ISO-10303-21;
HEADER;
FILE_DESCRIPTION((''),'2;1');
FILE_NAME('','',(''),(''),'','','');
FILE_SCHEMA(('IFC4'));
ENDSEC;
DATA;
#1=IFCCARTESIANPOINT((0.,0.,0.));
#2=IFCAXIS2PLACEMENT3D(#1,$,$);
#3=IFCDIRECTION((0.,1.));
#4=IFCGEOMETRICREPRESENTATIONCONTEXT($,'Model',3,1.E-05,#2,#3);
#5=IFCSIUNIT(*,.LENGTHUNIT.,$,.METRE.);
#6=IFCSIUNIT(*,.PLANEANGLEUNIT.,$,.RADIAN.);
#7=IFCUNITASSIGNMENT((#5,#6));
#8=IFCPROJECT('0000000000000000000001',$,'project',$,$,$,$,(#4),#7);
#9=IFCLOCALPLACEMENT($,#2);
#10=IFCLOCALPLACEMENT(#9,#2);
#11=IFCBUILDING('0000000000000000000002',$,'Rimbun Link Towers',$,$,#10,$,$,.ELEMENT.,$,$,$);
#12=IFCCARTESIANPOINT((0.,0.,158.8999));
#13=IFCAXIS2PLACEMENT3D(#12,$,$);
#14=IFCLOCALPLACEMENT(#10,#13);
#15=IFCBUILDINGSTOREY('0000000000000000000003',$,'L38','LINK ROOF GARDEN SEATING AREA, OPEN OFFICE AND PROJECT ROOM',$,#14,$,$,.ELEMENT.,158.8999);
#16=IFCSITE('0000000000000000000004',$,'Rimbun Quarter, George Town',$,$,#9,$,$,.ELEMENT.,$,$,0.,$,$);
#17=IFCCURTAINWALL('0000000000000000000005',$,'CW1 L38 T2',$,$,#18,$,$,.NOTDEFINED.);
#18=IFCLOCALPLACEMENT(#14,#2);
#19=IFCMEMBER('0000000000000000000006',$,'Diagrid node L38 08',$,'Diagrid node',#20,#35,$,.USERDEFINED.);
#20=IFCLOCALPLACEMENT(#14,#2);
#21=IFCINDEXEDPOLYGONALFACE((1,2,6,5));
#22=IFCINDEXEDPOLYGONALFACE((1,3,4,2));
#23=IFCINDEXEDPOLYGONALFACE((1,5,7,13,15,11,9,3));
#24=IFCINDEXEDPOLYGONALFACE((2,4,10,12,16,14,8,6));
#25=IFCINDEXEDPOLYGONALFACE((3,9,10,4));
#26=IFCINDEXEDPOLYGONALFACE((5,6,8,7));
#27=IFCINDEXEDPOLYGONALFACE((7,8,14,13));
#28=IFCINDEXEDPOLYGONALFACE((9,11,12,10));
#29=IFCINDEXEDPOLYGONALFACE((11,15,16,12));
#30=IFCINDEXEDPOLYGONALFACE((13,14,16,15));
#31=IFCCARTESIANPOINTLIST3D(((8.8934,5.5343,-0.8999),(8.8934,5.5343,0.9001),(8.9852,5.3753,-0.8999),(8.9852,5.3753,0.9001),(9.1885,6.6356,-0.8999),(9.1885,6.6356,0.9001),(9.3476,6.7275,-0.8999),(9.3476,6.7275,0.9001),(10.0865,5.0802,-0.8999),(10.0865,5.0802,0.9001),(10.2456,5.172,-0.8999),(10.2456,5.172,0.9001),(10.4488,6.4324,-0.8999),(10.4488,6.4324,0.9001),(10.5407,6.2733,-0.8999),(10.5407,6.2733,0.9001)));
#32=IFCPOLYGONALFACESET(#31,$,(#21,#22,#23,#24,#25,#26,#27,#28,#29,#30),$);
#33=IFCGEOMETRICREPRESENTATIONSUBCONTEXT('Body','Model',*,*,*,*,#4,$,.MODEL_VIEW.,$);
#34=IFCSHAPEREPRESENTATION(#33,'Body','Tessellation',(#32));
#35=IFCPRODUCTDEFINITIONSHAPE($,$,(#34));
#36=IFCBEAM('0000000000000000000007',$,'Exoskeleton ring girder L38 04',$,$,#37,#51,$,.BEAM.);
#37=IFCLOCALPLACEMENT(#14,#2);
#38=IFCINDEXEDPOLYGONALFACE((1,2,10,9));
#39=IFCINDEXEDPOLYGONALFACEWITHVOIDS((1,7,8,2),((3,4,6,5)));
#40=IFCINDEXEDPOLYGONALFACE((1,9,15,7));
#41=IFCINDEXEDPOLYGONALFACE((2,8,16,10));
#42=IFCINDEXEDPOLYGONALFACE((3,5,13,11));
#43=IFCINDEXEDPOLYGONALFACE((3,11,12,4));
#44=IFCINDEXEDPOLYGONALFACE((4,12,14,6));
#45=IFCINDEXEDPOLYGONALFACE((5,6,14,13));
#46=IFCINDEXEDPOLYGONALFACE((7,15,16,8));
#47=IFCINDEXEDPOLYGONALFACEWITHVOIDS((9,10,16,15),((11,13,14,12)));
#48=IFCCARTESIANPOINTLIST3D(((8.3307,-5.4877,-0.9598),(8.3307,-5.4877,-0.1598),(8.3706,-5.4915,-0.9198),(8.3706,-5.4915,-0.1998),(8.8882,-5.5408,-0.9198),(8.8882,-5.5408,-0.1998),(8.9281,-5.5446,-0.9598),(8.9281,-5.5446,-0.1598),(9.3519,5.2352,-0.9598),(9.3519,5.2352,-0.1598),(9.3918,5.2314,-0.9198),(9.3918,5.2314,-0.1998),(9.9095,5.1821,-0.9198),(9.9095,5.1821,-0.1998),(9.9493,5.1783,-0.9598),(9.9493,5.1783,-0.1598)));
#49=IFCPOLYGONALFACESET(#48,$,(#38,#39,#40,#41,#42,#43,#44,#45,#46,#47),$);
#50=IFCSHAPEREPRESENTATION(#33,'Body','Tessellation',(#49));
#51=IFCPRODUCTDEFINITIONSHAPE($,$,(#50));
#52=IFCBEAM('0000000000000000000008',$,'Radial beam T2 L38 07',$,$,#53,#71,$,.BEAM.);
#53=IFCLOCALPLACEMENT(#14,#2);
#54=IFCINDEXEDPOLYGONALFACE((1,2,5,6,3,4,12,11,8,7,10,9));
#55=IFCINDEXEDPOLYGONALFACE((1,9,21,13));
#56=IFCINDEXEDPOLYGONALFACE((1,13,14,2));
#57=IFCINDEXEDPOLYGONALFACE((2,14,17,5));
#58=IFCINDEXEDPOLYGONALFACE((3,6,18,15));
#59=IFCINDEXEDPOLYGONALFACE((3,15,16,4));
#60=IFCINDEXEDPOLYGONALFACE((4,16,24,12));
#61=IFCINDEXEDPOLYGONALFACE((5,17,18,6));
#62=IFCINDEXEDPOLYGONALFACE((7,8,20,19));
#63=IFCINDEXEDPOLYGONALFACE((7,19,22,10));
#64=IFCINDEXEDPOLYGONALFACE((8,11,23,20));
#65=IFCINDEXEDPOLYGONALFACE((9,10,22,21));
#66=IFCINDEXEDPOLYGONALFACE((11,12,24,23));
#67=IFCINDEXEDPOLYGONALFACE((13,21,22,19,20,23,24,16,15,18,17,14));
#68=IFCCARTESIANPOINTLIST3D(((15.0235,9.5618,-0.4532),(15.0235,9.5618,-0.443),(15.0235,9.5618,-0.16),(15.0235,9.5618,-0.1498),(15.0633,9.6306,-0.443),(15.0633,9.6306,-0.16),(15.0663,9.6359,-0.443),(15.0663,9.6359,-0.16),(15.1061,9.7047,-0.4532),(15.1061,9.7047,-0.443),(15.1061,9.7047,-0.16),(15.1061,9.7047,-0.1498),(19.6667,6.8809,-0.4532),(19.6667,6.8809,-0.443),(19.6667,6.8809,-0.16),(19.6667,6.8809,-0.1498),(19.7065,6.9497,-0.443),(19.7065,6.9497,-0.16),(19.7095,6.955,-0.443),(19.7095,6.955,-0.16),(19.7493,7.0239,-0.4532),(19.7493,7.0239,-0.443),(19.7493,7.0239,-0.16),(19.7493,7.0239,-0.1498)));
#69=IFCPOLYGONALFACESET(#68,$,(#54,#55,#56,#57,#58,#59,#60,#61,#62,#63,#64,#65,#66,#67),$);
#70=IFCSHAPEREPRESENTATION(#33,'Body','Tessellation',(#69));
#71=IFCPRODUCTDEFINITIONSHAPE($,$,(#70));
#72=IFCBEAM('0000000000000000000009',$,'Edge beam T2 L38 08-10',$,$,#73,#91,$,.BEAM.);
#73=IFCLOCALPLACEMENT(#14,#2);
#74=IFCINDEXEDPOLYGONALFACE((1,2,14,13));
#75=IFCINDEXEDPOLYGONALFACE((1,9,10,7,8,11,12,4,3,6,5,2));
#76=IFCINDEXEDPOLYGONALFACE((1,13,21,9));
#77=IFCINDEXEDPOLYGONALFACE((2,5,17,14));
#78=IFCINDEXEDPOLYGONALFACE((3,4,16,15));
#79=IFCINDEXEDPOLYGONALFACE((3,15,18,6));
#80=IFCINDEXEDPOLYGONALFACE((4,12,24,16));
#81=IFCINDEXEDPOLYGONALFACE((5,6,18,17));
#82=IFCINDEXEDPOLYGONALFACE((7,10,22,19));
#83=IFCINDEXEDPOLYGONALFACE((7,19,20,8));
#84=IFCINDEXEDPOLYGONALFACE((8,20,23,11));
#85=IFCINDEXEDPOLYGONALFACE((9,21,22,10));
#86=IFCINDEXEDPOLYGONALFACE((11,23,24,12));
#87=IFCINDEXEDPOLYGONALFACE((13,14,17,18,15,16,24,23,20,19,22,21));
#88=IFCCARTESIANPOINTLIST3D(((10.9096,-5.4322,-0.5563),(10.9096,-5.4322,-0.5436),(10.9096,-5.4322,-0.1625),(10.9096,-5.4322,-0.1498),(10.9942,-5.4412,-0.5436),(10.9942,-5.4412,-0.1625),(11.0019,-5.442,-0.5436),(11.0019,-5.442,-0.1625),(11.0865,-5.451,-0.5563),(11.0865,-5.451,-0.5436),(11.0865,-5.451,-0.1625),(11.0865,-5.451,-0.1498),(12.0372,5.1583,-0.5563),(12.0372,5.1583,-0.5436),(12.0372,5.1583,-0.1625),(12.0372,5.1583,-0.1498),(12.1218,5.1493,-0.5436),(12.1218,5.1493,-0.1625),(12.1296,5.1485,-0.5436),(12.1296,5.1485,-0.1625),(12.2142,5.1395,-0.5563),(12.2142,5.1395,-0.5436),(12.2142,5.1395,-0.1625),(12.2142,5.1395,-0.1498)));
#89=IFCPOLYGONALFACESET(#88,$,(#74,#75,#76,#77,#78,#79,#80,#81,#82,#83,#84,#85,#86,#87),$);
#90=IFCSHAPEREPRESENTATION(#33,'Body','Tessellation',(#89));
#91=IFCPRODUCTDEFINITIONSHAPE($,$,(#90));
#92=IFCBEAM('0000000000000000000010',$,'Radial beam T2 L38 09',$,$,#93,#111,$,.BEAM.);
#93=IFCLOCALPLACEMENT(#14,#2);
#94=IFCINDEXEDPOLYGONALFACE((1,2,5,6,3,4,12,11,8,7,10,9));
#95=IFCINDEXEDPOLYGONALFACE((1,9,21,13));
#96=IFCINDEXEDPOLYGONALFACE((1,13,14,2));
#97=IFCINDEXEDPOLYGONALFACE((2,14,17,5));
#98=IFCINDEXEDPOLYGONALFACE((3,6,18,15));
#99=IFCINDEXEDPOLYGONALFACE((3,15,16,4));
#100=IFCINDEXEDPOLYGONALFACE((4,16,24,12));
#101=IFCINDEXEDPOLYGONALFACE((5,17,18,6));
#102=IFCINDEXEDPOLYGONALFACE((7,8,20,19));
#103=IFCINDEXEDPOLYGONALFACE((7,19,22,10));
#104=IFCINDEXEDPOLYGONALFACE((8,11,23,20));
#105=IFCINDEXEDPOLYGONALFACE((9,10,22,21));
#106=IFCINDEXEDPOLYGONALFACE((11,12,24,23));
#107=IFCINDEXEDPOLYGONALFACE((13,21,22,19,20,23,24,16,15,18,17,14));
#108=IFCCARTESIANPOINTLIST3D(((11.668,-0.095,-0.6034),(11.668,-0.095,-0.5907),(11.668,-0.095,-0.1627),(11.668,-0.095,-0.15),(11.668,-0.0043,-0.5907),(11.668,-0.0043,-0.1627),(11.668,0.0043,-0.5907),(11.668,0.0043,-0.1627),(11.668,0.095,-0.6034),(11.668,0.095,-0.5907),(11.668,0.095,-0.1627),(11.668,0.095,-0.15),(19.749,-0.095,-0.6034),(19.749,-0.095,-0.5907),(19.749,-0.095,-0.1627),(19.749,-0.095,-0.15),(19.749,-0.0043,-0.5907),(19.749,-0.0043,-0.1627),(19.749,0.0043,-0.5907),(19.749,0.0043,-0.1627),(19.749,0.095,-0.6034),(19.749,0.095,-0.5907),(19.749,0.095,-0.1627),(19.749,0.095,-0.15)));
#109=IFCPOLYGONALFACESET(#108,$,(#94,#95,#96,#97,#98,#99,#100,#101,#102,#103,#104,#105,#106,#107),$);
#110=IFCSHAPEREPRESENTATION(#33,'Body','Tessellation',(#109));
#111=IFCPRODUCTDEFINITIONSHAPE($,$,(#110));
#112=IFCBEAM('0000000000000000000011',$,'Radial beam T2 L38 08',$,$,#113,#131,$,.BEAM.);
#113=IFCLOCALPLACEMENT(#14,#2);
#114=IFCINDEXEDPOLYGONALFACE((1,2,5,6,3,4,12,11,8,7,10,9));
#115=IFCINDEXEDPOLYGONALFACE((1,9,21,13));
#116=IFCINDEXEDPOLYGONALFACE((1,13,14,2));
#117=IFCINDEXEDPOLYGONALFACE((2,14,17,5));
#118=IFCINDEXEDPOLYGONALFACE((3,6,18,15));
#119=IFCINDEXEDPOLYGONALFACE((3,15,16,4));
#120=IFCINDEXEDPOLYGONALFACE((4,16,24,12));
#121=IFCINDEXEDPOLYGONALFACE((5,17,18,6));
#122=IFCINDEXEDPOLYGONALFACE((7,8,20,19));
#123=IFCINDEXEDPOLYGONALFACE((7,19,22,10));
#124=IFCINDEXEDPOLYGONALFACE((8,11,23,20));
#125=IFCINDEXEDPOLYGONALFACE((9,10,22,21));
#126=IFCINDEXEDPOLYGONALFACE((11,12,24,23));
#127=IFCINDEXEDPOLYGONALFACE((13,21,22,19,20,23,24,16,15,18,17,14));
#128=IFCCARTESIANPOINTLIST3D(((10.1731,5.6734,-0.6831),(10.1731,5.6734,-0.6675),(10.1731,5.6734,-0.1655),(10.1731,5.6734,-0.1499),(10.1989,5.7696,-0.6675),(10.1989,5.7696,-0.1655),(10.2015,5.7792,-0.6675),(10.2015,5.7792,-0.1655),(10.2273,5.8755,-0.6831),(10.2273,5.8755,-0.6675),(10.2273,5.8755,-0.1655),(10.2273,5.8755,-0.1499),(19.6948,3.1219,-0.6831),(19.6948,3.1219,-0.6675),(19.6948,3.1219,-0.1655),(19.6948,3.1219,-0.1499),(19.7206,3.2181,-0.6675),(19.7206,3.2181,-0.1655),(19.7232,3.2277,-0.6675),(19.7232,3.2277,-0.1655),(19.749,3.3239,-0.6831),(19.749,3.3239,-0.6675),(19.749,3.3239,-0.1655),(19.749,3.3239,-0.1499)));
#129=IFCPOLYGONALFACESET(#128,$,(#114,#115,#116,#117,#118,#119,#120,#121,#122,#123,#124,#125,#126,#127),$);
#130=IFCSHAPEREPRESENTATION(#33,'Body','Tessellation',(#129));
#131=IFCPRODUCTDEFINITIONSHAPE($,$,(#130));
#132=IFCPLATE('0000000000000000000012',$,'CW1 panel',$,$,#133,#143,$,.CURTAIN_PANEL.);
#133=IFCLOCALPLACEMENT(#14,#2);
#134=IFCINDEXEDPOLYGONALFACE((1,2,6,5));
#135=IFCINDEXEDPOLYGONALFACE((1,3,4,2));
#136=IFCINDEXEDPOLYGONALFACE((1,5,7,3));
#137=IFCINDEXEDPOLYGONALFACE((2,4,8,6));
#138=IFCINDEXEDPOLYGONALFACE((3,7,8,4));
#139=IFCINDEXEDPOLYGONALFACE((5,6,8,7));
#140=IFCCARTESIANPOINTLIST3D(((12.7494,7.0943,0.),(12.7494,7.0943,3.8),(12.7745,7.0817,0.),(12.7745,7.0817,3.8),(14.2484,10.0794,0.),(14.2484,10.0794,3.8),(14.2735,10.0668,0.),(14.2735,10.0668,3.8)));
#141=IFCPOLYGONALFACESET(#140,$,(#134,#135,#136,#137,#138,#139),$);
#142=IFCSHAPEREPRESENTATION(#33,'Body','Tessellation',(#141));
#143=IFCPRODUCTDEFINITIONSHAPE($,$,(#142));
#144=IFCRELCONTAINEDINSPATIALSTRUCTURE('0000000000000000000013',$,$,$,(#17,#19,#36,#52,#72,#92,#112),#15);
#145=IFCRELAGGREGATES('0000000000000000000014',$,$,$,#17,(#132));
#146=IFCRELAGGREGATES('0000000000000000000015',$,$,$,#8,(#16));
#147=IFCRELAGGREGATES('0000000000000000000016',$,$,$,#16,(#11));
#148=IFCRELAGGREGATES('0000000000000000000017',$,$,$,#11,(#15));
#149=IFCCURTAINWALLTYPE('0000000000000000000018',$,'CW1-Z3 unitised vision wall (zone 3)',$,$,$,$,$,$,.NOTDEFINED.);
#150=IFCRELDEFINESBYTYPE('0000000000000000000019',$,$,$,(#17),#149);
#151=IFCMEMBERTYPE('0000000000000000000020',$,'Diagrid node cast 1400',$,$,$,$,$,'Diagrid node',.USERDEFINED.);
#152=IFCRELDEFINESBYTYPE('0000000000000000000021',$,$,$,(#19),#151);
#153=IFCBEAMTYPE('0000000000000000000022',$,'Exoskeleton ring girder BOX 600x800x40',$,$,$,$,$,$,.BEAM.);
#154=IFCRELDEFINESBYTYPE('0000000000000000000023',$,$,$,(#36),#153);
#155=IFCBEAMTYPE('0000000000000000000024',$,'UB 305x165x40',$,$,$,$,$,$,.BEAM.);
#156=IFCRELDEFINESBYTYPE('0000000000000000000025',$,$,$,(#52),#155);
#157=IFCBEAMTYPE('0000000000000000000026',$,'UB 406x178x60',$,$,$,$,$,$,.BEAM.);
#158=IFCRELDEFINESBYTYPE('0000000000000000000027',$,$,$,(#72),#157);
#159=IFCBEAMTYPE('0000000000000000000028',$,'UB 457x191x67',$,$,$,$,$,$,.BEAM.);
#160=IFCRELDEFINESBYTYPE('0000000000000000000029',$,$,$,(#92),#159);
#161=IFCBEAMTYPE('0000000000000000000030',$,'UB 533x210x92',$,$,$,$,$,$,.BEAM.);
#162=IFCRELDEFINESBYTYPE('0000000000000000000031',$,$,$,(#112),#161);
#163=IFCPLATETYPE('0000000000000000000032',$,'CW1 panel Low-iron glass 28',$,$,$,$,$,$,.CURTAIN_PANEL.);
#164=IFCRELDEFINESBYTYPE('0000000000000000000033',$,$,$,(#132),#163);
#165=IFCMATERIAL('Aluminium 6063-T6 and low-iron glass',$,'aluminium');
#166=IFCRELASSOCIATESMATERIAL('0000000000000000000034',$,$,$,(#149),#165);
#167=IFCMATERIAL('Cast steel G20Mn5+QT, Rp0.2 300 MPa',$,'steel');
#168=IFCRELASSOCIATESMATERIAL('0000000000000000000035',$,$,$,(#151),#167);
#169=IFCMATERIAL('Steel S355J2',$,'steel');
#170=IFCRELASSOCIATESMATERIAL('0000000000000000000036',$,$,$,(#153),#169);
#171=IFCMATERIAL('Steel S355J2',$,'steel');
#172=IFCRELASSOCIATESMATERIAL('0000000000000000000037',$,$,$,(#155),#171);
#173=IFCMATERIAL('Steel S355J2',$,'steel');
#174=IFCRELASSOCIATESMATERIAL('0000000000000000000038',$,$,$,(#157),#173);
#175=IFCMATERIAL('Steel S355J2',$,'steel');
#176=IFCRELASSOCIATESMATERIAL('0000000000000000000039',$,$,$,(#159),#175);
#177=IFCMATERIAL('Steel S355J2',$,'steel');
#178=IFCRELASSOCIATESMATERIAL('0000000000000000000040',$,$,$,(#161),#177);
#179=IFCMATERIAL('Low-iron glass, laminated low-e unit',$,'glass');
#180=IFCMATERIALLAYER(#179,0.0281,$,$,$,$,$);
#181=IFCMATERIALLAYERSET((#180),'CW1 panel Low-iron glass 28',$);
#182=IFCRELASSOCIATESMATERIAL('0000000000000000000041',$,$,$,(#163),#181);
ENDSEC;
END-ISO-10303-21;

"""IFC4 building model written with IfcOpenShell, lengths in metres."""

from ifc_helpers import new_model, si_unit, direction, frame, origin, origin_2d, place, context, subcontext, project, spatial, polyline, rectangle, hollow_rectangle, i_section, outline, extrude, material, layer, layer_set, material_profile, profile_set, type_object, element, aggregate, save


model = new_model("IFC4")

# Units and contexts
model_context = context("Model", 3, precision=1e-05, world=origin(), true_north=direction((0.0, 1.0)))
body_context = subcontext(model_context, "Body", "Model", "MODEL_VIEW")
ifc_project = project(units=[si_unit("LENGTHUNIT", "METRE"), si_unit("PLANEANGLEUNIT", "RADIAN")], contexts=[model_context])

# Site, building, storey
site_placement = place(None, origin())
site = spatial("IfcSite", under=ifc_project, at=site_placement, Name="Rimbun Quarter, George Town", CompositionType="ELEMENT", RefElevation=0.0)
building_placement = place(site_placement, origin())
building = spatial("IfcBuilding", under=site, at=building_placement, Name="Rimbun Link Towers", CompositionType="ELEMENT")
storey_placement = place(building_placement, frame((0.0, 0.0, 158.8999)))
storey = spatial("IfcBuildingStorey", under=building, at=storey_placement, Name="L38", Description="LINK ROOF GARDEN SEATING AREA, OPEN OFFICE AND PROJECT ROOM", CompositionType="ELEMENT", Elevation=158.8999)

# Curtain wall
ifc_material_1 = material(Name="Aluminium 6063-T6 and low-iron glass", Category="aluminium")
curtain_wall_type = type_object("IfcCurtainWallType", Name="CW1-Z3 unitised vision wall (zone 3)", PredefinedType="NOTDEFINED", material=ifc_material_1)
curtain_wall_placement = place(storey_placement, origin())
curtain_wall = element("IfcCurtainWall", 1, at=curtain_wall_placement, inside=storey, type_object=curtain_wall_type, Name="CW1 L38 T2", PredefinedType="NOTDEFINED")

# Member
ifc_material_2 = material(Name="Cast steel G20Mn5+QT, Rp0.2 300 MPa", Category="steel")
ifc_material_profile_1 = material_profile(ifc_material_2, outline(polyline([(0.7, -0.5701), (0.7, 0.5701), (0.5701, 0.7), (-0.5701, 0.7), (-0.7, 0.5701), (-0.7, -0.5701), (-0.5701, -0.7), (0.5701, -0.7), (0.7, -0.5701)])), Name="NODE 1400x1400")
ifc_profile_set_1 = profile_set([ifc_material_profile_1], Name="Cast steel G20Mn5+QT, Rp0.2 300 MPa")
member_type_1 = type_object("IfcMemberType", Name="Diagrid node cast 1400", ElementType="Diagrid node", PredefinedType="USERDEFINED", material=ifc_profile_set_1)
member_1_placement = place(storey_placement, frame((9.717, 5.9038, -0.8999), z_axis=(0.0, 0.0, 1.0), x_axis=(-0.965926, 0.258819, 0.0)))
element("IfcMember", 2, at=member_1_placement, inside=storey, type_object=member_type_1, Name="Diagrid node L38 08", ObjectType="Diagrid node", PredefinedType="USERDEFINED", context=body_context, shape_type="SweptSolid", body=[
    extrude(outline(polyline([(0.7, -0.5701), (0.7, 0.5701), (0.5701, 0.7), (-0.5701, 0.7), (-0.7, 0.5701), (-0.7, -0.5701), (-0.5701, -0.7), (0.5701, -0.7), (0.7, -0.5701)])), origin(), (0.0, 0.0, 1.0), 1.8),
])

# Beams
ifc_material_3 = material(Name="Steel S355J2", Category="steel")
ifc_material_profile_2 = material_profile(ifc_material_3, hollow_rectangle(XDim=0.6001, YDim=0.8, WallThickness=0.04, at=origin_2d()), Name="Exoskeleton ring girder BOX 600x800x40")
ifc_profile_set_2 = profile_set([ifc_material_profile_2], Name="Steel S355J2")
beam_type_1 = type_object("IfcBeamType", Name="Exoskeleton ring girder BOX 600x800x40", PredefinedType="BEAM", material=ifc_profile_set_2)
beam_1_placement = place(storey_placement, frame((9.6506, 5.2068, -0.5598), z_axis=(-0.09481, -0.995495, 0.0), x_axis=(0.995495, -0.09481, 0.0)))
element("IfcBeam", 3, at=beam_1_placement, inside=storey, type_object=beam_type_1, Name="Exoskeleton ring girder L38 04", PredefinedType="BEAM", context=body_context, shape_type="SweptSolid", body=[
    extrude(hollow_rectangle(XDim=0.6001, YDim=0.8, WallThickness=0.04, at=origin_2d()), origin(), (0.0, 0.0, 1.0), 10.7715),
])
ifc_material_4 = material(Name="Steel S355J2", Category="steel")
ifc_material_profile_3 = material_profile(ifc_material_4, i_section(OverallWidth=0.165, OverallDepth=0.3035, WebThickness=0.0061, FlangeThickness=0.0103, at=origin_2d()), Name="UB 305x165x40")
ifc_profile_set_3 = profile_set([ifc_material_profile_3], Name="Steel S355J2")
beam_type_2 = type_object("IfcBeamType", Name="UB 305x165x40", PredefinedType="BEAM", material=ifc_profile_set_3)
beam_2_placement = place(storey_placement, frame((19.708, 6.9524, -0.3015), z_axis=(-0.866018, 0.500013, 0.0), x_axis=(-0.500013, -0.866018, 0.0)))
element("IfcBeam", 4, at=beam_2_placement, inside=storey, type_object=beam_type_2, Name="Radial beam T2 L38 07", PredefinedType="BEAM", context=body_context, shape_type="SweptSolid", body=[
    extrude(i_section(OverallWidth=0.165, OverallDepth=0.3035, WebThickness=0.0061, FlangeThickness=0.0103, at=origin_2d()), origin(), (0.0, 0.0, 1.0), 5.3616),
])
ifc_material_5 = material(Name="Steel S355J2", Category="steel")
ifc_material_profile_4 = material_profile(ifc_material_5, i_section(OverallWidth=0.178, OverallDepth=0.4065, WebThickness=0.0078, FlangeThickness=0.0127, at=origin_2d()), Name="UB 406x178x60")
ifc_profile_set_4 = profile_set([ifc_material_profile_4], Name="Steel S355J2")
beam_type_3 = type_object("IfcBeamType", Name="UB 406x178x60", PredefinedType="BEAM", material=ifc_profile_set_4)
beam_3_placement = place(storey_placement, frame((12.1257, 5.1489, -0.353), z_axis=(-0.105882, -0.994379, 0.0), x_axis=(0.994379, -0.105882, 0.0)))
element("IfcBeam", 5, at=beam_3_placement, inside=storey, type_object=beam_type_3, Name="Edge beam T2 L38 08-10", PredefinedType="BEAM", context=body_context, shape_type="SweptSolid", body=[
    extrude(i_section(OverallWidth=0.178, OverallDepth=0.4065, WebThickness=0.0078, FlangeThickness=0.0127, at=origin_2d()), origin(), (0.0, 0.0, 1.0), 10.6504),
])
ifc_material_6 = material(Name="Steel S355J2", Category="steel")
ifc_material_profile_5 = material_profile(ifc_material_6, i_section(OverallWidth=0.1899, OverallDepth=0.4534, WebThickness=0.0085, FlangeThickness=0.0127, at=origin_2d()), Name="UB 457x191x67")
ifc_profile_set_5 = profile_set([ifc_material_profile_5], Name="Steel S355J2")
beam_type_4 = type_object("IfcBeamType", Name="UB 457x191x67", PredefinedType="BEAM", material=ifc_profile_set_5)
beam_4_placement = place(storey_placement, frame((19.749, 0.0, -0.3767), z_axis=(-1.0, 0.0, 0.0), x_axis=(0.0, -1.0, 0.0)))
element("IfcBeam", 6, at=beam_4_placement, inside=storey, type_object=beam_type_4, Name="Radial beam T2 L38 09", PredefinedType="BEAM", context=body_context, shape_type="SweptSolid", body=[
    extrude(i_section(OverallWidth=0.1899, OverallDepth=0.4534, WebThickness=0.0085, FlangeThickness=0.0127, at=origin_2d()), origin(), (0.0, 0.0, 1.0), 8.0811),
])
ifc_material_7 = material(Name="Steel S355J2", Category="steel")
ifc_material_profile_6 = material_profile(ifc_material_7, i_section(OverallWidth=0.2092, OverallDepth=0.5332, WebThickness=0.01, FlangeThickness=0.0156, at=origin_2d()), Name="UB 533x210x92")
ifc_profile_set_6 = profile_set([ifc_material_profile_6], Name="Steel S355J2")
beam_type_5 = type_object("IfcBeamType", Name="UB 533x210x92", PredefinedType="BEAM", material=ifc_profile_set_6)
beam_5_placement = place(storey_placement, frame((19.7219, 3.2229, -0.4165), z_axis=(-0.965921, 0.258836, 0.0), x_axis=(-0.258836, -0.965921, 0.0)))
element("IfcBeam", 7, at=beam_5_placement, inside=storey, type_object=beam_type_5, Name="Radial beam T2 L38 08", PredefinedType="BEAM", context=body_context, shape_type="SweptSolid", body=[
    extrude(i_section(OverallWidth=0.2092, OverallDepth=0.5332, WebThickness=0.01, FlangeThickness=0.0156, at=origin_2d()), origin(), (0.0, 0.0, 1.0), 9.8577),
])

# Plate
ifc_material_8 = material(Name="Low-iron glass, laminated low-e unit", Category="glass")
ifc_layer_1 = layer(ifc_material_8, 0.0281)
ifc_layer_set_1 = layer_set([ifc_layer_1], Name="CW1 panel Low-iron glass 28")
plate_type = type_object("IfcPlateType", Name="CW1 panel Low-iron glass 28", PredefinedType="CURTAIN_PANEL", material=ifc_layer_set_1)
plate_placement = place(storey_placement, frame((13.5115, 8.5806, 0.0), z_axis=(0.0, 0.0, 1.0), x_axis=(0.448766, 0.893649, 0.0)))
plate = element("IfcPlate", 8, at=plate_placement, type_object=plate_type, Name="CW1 panel", PredefinedType="CURTAIN_PANEL", context=body_context, shape_type="SweptSolid", body=[
    extrude(rectangle(XDim=3.3403, YDim=0.0281, at=origin_2d()), origin(), (0.0, 0.0, 1.0), 3.8),
])
aggregate(curtain_wall, [plate])

save(model, "model.ifc")
